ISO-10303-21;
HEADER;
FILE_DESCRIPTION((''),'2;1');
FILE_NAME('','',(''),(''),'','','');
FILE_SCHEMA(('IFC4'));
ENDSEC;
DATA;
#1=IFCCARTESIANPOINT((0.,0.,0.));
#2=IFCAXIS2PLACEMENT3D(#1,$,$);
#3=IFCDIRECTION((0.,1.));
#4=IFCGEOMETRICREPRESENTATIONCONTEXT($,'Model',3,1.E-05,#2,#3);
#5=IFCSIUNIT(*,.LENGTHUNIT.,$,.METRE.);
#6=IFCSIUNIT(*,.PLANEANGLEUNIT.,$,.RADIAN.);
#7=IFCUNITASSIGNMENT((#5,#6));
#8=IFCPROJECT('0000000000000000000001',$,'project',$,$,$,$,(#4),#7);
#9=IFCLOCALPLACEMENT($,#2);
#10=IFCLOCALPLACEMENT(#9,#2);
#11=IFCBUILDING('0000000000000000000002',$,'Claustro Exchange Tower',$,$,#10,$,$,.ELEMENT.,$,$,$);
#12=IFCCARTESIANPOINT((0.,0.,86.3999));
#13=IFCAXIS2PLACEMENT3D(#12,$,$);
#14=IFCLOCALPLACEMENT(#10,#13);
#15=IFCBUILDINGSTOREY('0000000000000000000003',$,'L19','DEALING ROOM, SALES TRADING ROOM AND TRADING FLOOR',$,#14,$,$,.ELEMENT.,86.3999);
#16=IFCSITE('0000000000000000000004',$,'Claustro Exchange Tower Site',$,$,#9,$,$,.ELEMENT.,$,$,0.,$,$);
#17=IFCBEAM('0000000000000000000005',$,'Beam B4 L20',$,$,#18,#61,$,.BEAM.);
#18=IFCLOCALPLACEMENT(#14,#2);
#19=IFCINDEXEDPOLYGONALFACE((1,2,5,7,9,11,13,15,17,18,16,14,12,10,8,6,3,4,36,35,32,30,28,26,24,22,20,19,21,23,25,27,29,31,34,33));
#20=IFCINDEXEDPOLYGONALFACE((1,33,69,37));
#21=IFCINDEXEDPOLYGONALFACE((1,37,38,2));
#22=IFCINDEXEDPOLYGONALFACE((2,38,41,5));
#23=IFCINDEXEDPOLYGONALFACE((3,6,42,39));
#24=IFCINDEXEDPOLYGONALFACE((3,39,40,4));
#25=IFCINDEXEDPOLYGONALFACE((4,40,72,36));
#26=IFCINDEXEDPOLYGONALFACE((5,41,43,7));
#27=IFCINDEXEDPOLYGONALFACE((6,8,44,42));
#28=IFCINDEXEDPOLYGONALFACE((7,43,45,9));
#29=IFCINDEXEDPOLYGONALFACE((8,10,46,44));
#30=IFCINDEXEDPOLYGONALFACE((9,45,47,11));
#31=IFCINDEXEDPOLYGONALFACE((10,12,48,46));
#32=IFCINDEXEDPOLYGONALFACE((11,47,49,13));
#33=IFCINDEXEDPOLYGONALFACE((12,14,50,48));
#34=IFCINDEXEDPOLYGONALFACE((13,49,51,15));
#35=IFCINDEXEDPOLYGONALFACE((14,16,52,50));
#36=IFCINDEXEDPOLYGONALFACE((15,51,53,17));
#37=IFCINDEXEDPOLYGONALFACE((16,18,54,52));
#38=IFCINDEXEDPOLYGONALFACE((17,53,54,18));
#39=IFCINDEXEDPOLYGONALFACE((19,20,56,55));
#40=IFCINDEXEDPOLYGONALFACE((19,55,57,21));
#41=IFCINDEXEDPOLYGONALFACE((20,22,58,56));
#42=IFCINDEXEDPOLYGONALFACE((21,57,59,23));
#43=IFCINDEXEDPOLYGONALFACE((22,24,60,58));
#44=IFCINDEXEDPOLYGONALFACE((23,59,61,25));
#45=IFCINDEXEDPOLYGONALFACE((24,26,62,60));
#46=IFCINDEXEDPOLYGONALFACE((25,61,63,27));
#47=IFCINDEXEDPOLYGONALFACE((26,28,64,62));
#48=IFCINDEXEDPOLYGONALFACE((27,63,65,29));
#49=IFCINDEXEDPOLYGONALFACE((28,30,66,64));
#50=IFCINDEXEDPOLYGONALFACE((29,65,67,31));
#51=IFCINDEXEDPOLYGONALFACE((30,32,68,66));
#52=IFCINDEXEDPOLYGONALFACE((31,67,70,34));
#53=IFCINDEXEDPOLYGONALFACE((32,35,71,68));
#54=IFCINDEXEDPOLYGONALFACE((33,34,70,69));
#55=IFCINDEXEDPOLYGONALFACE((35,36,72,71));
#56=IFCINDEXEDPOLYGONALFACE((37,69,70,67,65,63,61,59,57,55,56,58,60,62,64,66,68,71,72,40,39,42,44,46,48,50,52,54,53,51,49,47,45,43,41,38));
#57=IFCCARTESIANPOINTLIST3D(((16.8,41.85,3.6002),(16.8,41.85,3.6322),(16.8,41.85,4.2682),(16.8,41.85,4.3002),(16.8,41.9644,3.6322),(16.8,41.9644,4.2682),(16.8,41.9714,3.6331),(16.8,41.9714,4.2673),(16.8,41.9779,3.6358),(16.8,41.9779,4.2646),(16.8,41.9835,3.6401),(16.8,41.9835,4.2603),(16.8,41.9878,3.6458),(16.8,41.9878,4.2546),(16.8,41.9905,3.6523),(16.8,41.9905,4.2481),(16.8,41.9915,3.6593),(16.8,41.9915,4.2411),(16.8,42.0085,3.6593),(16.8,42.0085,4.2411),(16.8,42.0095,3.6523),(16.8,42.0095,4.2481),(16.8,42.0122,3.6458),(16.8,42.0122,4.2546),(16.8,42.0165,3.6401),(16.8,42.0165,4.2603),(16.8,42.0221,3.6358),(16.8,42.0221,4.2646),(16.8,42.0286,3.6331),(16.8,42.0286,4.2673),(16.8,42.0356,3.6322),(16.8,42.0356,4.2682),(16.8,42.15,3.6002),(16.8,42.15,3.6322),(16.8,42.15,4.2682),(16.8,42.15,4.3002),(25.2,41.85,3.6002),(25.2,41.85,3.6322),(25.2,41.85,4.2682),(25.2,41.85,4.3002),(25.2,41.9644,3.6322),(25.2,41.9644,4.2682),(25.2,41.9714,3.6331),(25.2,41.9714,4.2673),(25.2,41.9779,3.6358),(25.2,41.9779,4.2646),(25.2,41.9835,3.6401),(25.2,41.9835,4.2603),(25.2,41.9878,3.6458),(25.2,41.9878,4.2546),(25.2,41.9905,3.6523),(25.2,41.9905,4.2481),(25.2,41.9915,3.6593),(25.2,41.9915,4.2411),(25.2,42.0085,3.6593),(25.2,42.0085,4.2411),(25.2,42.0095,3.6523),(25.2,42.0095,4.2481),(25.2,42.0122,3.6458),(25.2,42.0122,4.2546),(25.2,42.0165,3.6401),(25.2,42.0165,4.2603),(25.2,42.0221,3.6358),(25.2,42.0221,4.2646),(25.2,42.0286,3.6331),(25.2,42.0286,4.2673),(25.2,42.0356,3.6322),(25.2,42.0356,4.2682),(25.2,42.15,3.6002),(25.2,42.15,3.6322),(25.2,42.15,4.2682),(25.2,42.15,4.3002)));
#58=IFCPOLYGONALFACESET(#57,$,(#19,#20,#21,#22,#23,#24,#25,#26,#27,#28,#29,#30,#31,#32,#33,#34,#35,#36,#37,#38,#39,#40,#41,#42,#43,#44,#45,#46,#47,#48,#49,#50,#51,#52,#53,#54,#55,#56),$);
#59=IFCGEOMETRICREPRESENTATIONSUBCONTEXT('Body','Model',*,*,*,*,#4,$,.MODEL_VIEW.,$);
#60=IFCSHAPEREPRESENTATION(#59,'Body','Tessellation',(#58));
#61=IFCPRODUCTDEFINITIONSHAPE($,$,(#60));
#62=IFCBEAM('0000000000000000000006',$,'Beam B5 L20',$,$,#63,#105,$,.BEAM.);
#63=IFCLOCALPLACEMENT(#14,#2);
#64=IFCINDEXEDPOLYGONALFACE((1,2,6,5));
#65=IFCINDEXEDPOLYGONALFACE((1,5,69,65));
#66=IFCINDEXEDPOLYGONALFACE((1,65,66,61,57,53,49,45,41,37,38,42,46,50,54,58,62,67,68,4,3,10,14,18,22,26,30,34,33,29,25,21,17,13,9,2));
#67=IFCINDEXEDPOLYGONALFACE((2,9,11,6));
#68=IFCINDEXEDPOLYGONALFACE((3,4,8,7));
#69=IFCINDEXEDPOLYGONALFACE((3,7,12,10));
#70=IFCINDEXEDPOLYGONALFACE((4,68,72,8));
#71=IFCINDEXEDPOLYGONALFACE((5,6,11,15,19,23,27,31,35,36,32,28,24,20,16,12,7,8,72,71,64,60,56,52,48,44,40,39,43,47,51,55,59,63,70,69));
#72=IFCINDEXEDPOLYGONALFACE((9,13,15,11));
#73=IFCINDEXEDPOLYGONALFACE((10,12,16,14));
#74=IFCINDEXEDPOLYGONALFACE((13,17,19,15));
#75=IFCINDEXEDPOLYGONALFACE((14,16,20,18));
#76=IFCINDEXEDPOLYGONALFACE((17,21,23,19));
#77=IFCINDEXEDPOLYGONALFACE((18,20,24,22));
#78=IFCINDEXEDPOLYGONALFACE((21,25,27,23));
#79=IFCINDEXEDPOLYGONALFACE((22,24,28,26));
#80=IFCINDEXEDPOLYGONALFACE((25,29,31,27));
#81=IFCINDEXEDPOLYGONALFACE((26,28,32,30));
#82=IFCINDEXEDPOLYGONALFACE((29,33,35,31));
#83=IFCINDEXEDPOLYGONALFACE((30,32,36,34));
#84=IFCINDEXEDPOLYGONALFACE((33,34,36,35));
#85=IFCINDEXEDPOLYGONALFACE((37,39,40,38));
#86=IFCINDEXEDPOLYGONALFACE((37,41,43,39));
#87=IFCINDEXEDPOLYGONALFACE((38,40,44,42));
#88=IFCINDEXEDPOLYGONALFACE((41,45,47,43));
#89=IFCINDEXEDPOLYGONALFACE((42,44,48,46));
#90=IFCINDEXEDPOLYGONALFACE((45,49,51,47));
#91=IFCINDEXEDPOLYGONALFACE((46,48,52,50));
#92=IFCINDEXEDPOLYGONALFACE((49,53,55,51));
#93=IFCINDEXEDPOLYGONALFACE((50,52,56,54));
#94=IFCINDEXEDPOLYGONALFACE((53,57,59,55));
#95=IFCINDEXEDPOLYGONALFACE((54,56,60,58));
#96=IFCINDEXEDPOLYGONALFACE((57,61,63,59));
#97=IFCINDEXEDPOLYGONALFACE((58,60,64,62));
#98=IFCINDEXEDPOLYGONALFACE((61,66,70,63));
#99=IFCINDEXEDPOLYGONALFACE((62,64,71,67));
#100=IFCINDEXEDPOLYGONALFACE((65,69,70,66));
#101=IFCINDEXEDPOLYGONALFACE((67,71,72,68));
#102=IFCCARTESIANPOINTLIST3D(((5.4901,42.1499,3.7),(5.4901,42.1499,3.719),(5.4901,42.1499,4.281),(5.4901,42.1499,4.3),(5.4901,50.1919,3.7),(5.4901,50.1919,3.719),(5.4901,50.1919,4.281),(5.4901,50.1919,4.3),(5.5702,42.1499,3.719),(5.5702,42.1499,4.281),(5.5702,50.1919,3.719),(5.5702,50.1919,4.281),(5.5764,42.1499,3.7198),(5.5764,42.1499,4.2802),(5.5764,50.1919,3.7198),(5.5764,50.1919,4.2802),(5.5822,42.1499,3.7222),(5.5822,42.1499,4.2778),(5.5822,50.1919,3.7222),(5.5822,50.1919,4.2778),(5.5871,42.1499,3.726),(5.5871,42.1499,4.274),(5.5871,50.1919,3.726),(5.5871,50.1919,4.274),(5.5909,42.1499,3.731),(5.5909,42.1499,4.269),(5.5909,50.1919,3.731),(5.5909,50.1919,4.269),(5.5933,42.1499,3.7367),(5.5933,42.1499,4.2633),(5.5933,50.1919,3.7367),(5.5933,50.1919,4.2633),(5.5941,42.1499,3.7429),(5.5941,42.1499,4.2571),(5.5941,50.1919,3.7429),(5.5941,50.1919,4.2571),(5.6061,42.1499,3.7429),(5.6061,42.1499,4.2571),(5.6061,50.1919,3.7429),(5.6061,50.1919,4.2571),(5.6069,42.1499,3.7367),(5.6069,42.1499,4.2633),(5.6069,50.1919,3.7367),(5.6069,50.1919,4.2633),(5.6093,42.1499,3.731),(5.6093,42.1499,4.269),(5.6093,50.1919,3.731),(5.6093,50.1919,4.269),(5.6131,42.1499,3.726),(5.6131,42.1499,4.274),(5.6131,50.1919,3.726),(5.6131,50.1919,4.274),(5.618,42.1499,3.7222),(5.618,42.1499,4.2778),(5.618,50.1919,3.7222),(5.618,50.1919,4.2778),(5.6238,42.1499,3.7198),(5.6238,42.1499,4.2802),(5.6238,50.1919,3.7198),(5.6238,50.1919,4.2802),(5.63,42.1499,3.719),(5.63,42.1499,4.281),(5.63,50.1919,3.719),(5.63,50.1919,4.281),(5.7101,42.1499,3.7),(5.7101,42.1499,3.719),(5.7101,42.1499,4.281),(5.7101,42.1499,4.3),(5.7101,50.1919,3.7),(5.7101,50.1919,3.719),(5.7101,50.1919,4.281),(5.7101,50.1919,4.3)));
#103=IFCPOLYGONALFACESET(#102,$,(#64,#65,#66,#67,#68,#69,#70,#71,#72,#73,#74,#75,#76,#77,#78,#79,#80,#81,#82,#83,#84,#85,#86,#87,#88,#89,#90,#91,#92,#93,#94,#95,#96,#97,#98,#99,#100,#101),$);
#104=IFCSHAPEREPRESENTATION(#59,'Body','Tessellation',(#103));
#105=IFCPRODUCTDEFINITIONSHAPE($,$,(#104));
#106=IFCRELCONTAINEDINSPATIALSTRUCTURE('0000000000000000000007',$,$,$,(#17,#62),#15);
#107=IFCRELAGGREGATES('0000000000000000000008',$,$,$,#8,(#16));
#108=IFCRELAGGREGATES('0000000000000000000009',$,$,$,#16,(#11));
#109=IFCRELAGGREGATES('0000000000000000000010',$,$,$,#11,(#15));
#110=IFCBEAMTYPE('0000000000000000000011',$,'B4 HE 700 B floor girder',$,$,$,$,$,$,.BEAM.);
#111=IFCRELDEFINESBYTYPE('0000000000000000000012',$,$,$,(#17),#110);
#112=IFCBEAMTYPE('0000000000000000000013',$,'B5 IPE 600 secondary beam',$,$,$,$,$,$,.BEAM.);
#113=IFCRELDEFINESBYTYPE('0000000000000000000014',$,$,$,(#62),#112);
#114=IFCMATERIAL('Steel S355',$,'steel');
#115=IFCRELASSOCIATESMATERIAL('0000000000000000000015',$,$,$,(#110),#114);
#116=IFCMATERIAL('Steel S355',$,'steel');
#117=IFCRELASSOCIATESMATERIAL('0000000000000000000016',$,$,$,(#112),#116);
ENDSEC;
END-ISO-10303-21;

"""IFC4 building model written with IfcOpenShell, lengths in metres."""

from ifc_helpers import new_model, si_unit, direction, frame, origin, origin_2d, place, context, subcontext, project, spatial, i_section, extrude, material, material_profile, profile_set, type_object, element, save


model = new_model("IFC4")

# Units and contexts
model_context = context("Model", 3, precision=1e-05, world=origin(), true_north=direction((0.0, 1.0)))
body_context = subcontext(model_context, "Body", "Model", "MODEL_VIEW")
ifc_project = project(units=[si_unit("LENGTHUNIT", "METRE"), si_unit("PLANEANGLEUNIT", "RADIAN")], contexts=[model_context])

# Site, building, storey
site_placement = place(None, origin())
site = spatial("IfcSite", under=ifc_project, at=site_placement, Name="Claustro Exchange Tower Site", CompositionType="ELEMENT", RefElevation=0.0)
building_placement = place(site_placement, origin())
building = spatial("IfcBuilding", under=site, at=building_placement, Name="Claustro Exchange Tower", CompositionType="ELEMENT")
storey_placement = place(building_placement, frame((0.0, 0.0, 86.3999)))
storey = spatial("IfcBuildingStorey", under=building, at=storey_placement, Name="L19", Description="DEALING ROOM, SALES TRADING ROOM AND TRADING FLOOR", CompositionType="ELEMENT", Elevation=86.3999)

# Beams
ifc_material_1 = material(Name="Steel S355", Category="steel")
ifc_material_profile_1 = material_profile(ifc_material_1, i_section(OverallWidth=0.3, OverallDepth=0.7, WebThickness=0.0171, FlangeThickness=0.032, FilletRadius=0.0271, at=origin_2d()), Name="HE 700 B")
ifc_profile_set_1 = profile_set([ifc_material_profile_1], Name="Steel S355")
beam_type_1 = type_object("IfcBeamType", Name="B4 HE 700 B floor girder", PredefinedType="BEAM", material=ifc_profile_set_1)
beam_1_placement = place(storey_placement, frame((16.8, 42.0, 3.9502), z_axis=(1.0, 0.0, 0.0), x_axis=(0.0, 1.0, 0.0)))
element("IfcBeam", 1, at=beam_1_placement, inside=storey, type_object=beam_type_1, Name="Beam B4 L20", PredefinedType="BEAM", context=body_context, shape_type="SweptSolid", body=[
    extrude(i_section(OverallWidth=0.3, OverallDepth=0.7, WebThickness=0.0171, FlangeThickness=0.032, FilletRadius=0.0271, at=origin_2d()), origin(), (0.0, 0.0, 1.0), 8.3999),
])
ifc_material_2 = material(Name="Steel S355", Category="steel")
ifc_material_profile_2 = material_profile(ifc_material_2, i_section(OverallWidth=0.22, OverallDepth=0.6001, WebThickness=0.012, FlangeThickness=0.019, FilletRadius=0.0239, at=origin_2d()), Name="IPE 600")
ifc_profile_set_2 = profile_set([ifc_material_profile_2], Name="Steel S355")
beam_type_2 = type_object("IfcBeamType", Name="B5 IPE 600 secondary beam", PredefinedType="BEAM", material=ifc_profile_set_2)
beam_2_placement = place(storey_placement, frame((5.6001, 42.1499, 4.0), z_axis=(0.0, 1.0, 0.0), x_axis=(-1.0, 0.0, 0.0)))
element("IfcBeam", 2, at=beam_2_placement, inside=storey, type_object=beam_type_2, Name="Beam B5 L20", PredefinedType="BEAM", context=body_context, shape_type="SweptSolid", body=[
    extrude(i_section(OverallWidth=0.22, OverallDepth=0.6001, WebThickness=0.012, FlangeThickness=0.019, FilletRadius=0.0239, at=origin_2d()), origin(), (0.0, 0.0, 1.0), 8.042),
])

save(model, "model.ifc")
